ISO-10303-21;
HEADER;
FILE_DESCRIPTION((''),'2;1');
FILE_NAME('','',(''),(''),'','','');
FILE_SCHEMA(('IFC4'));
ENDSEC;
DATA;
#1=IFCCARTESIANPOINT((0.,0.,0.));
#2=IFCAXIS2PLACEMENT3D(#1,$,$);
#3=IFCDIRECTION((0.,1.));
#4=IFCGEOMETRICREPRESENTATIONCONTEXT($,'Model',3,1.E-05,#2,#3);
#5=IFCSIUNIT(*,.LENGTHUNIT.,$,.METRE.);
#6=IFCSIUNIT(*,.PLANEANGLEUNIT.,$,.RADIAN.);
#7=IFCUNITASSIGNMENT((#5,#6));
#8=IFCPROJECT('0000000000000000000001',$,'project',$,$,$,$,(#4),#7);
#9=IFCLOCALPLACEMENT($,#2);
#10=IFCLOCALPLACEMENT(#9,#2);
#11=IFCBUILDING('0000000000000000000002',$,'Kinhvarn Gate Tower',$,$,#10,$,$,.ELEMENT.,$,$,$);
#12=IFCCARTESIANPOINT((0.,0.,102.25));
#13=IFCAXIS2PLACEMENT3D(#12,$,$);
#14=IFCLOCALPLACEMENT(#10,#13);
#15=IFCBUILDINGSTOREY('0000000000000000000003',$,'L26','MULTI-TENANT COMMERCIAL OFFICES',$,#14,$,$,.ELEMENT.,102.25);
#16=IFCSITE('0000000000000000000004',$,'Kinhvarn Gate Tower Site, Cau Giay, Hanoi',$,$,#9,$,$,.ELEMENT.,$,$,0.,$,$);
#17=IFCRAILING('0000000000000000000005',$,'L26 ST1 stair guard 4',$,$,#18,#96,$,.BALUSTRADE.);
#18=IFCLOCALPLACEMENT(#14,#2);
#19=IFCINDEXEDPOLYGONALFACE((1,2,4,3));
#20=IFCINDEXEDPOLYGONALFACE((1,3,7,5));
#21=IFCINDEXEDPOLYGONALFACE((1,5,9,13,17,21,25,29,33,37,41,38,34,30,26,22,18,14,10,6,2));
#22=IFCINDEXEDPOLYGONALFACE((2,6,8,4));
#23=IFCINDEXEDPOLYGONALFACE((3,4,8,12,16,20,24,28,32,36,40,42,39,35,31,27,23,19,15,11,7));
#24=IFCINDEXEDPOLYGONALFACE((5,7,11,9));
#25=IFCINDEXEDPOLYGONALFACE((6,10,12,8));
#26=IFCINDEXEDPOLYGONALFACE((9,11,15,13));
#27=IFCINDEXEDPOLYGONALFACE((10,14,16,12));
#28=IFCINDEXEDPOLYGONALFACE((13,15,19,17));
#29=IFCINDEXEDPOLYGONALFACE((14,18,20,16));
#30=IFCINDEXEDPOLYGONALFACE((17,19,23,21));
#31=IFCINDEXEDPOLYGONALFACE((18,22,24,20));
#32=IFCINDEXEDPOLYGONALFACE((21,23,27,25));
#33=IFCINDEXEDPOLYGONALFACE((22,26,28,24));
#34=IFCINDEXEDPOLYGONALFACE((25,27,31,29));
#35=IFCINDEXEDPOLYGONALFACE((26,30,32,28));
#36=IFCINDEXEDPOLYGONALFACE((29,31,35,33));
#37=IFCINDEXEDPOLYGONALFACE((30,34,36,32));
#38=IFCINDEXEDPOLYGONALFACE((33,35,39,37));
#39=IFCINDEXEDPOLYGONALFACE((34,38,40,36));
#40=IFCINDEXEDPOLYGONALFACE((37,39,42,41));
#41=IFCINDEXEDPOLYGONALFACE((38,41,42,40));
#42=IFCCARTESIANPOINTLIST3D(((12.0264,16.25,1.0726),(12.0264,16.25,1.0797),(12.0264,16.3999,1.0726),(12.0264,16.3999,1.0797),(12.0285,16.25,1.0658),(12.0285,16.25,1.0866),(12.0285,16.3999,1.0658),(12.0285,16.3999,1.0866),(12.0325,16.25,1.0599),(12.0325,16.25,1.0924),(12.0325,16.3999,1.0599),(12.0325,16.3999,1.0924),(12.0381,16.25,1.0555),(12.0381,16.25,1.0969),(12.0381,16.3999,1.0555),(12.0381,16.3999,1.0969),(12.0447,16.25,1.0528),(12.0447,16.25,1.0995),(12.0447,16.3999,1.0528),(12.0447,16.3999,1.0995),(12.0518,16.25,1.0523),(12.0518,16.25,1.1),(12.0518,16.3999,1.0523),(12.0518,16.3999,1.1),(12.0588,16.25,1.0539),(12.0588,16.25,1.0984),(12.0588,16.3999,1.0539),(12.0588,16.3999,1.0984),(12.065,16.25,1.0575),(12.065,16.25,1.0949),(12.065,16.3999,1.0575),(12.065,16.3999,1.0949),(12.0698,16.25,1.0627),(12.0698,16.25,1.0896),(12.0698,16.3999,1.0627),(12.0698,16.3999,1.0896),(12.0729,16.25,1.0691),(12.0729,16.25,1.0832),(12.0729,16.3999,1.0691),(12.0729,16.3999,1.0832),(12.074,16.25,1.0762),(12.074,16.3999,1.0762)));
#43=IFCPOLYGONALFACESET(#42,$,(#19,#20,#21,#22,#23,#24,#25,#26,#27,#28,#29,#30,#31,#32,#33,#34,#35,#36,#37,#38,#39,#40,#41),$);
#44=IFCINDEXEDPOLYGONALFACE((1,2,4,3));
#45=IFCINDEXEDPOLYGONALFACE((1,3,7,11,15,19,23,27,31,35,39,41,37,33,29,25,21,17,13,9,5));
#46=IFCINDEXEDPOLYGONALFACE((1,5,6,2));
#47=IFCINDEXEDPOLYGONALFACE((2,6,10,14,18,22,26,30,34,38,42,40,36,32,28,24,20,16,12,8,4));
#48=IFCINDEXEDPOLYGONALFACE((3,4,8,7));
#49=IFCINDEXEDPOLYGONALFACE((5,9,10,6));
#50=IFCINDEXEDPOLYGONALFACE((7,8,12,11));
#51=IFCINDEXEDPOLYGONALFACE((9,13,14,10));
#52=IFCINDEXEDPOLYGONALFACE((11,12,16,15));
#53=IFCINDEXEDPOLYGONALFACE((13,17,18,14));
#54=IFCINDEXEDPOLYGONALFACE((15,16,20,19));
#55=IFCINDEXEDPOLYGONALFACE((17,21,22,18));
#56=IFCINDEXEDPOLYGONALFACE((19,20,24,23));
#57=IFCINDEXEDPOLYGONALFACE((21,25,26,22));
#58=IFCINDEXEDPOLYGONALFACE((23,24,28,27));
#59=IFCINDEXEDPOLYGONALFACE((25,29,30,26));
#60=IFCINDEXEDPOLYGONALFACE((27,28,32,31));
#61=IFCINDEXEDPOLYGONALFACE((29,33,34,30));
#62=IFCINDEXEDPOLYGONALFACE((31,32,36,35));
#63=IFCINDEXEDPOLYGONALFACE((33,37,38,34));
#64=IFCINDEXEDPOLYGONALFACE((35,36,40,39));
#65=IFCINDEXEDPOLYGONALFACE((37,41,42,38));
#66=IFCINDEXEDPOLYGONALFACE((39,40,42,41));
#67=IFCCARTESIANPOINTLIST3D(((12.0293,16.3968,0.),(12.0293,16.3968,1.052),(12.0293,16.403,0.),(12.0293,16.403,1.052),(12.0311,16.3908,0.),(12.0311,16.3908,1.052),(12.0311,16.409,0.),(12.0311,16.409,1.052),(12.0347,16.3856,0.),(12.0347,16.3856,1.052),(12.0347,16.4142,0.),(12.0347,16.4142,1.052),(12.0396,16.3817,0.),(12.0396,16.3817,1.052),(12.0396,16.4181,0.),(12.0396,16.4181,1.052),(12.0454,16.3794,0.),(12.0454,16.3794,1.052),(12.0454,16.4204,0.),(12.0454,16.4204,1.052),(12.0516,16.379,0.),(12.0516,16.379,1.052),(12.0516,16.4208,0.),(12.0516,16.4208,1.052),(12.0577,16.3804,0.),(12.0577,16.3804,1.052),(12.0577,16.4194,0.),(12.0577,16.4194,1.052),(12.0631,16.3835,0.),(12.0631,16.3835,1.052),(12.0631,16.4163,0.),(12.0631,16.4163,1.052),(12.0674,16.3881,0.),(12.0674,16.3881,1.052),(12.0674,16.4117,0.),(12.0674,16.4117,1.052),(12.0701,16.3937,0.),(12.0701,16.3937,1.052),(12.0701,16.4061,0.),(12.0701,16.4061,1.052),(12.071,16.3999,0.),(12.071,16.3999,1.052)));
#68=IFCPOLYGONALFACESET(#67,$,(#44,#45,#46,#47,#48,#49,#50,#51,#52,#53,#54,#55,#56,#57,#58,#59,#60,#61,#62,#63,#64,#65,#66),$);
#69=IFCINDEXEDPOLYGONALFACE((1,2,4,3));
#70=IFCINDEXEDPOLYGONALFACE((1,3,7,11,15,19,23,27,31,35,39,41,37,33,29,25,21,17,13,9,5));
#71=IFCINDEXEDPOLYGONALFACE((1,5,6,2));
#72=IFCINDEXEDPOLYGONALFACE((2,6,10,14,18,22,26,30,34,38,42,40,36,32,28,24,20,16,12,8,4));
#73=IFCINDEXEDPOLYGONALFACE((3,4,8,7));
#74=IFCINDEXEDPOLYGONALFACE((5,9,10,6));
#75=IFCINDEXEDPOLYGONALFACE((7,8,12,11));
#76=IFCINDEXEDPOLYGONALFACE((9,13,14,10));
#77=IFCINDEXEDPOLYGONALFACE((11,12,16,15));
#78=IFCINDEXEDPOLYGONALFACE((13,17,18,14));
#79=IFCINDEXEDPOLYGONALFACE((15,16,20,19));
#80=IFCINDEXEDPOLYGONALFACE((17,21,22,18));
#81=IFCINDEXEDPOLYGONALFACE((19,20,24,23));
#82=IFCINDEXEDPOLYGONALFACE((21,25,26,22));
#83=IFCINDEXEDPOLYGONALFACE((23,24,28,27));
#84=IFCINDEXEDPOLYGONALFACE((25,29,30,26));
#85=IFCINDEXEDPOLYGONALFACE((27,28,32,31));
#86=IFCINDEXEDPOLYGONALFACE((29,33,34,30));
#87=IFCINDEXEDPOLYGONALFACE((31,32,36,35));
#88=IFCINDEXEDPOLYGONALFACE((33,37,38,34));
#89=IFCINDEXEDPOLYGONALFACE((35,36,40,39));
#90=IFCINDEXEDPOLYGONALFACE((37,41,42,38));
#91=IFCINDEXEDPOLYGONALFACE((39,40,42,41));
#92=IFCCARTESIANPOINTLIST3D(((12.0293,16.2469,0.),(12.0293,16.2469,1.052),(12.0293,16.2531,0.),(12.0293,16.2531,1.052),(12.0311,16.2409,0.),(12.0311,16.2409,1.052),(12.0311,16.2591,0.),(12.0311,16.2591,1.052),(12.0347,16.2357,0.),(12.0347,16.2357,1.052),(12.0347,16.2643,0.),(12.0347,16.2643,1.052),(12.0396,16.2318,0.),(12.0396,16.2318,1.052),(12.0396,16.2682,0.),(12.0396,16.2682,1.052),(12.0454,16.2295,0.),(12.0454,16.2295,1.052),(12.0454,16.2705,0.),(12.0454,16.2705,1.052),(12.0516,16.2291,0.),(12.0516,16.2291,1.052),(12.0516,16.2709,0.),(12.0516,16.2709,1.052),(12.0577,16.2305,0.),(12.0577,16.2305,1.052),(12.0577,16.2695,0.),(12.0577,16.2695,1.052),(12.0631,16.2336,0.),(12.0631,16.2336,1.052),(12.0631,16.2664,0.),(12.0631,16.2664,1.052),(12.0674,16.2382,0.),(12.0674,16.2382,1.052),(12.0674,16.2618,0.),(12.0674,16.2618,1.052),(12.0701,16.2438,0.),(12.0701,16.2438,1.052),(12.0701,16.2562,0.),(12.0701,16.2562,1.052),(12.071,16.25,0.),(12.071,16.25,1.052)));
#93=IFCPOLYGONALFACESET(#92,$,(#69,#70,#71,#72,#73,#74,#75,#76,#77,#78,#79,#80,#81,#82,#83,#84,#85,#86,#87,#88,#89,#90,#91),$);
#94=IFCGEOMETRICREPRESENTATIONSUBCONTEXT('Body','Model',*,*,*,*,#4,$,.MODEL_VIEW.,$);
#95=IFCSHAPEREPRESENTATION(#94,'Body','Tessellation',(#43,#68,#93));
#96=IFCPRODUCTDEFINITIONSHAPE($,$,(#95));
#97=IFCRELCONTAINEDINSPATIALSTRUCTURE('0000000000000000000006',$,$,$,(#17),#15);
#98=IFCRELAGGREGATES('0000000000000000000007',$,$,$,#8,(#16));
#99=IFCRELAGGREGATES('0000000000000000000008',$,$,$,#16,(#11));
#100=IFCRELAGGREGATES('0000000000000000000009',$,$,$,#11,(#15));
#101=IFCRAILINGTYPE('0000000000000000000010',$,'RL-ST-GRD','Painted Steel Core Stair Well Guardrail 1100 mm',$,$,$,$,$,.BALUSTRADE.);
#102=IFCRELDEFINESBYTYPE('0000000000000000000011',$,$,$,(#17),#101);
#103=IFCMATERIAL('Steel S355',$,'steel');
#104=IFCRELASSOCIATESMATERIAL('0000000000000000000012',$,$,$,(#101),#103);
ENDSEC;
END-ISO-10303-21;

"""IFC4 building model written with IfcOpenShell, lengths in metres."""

from ifc_helpers import new_model, si_unit, direction, frame, origin, origin_2d, place, context, subcontext, project, spatial, circle, extrude, material, type_object, element, save


model = new_model("IFC4")

# Units and contexts
model_context = context("Model", 3, precision=1e-05, world=origin(), true_north=direction((0.0, 1.0)))
body_context = subcontext(model_context, "Body", "Model", "MODEL_VIEW")
ifc_project = project(units=[si_unit("LENGTHUNIT", "METRE"), si_unit("PLANEANGLEUNIT", "RADIAN")], contexts=[model_context])

# Site, building, storey
site_placement = place(None, origin())
site = spatial("IfcSite", under=ifc_project, at=site_placement, Name="Kinhvarn Gate Tower Site, Cau Giay, Hanoi", CompositionType="ELEMENT", RefElevation=0.0)
building_placement = place(site_placement, origin())
building = spatial("IfcBuilding", under=site, at=building_placement, Name="Kinhvarn Gate Tower", CompositionType="ELEMENT")
storey_placement = place(building_placement, frame((0.0, 0.0, 102.25)))
storey = spatial("IfcBuildingStorey", under=building, at=storey_placement, Name="L26", Description="MULTI-TENANT COMMERCIAL OFFICES", CompositionType="ELEMENT", Elevation=102.25)

# Shared definitions
ifc_material_1 = material(Name="Steel S355", Category="steel")

# Railing
railing_type_1 = type_object("IfcRailingType", Name="RL-ST-GRD", Description="Painted Steel Core Stair Well Guardrail 1100 mm", PredefinedType="BALUSTRADE", material=ifc_material_1)
railing_1_placement = place(storey_placement, frame((12.05, 16.3999, 0.0)))
element("IfcRailing", 1, at=railing_1_placement, inside=storey, type_object=railing_type_1, Name="L26 ST1 stair guard 4", PredefinedType="BALUSTRADE", context=body_context, shape_type="SweptSolid", body=[
    extrude(circle(Radius=0.0239, at=origin_2d()), frame((0.0, 0.0, 1.0762), z_axis=(0.0, -1.0, 0.0), x_axis=(1.0, 0.0, 0.0)), (0.0, 0.0, 1.0), 0.1499),
    extrude(circle(Radius=0.021, at=origin_2d()), origin(), (0.0, 0.0, 1.0), 1.052),
    extrude(circle(Radius=0.021, at=origin_2d()), frame((0.0, -0.1499, 0.0)), (0.0, 0.0, 1.0), 1.052),
])

save(model, "model.ifc")
